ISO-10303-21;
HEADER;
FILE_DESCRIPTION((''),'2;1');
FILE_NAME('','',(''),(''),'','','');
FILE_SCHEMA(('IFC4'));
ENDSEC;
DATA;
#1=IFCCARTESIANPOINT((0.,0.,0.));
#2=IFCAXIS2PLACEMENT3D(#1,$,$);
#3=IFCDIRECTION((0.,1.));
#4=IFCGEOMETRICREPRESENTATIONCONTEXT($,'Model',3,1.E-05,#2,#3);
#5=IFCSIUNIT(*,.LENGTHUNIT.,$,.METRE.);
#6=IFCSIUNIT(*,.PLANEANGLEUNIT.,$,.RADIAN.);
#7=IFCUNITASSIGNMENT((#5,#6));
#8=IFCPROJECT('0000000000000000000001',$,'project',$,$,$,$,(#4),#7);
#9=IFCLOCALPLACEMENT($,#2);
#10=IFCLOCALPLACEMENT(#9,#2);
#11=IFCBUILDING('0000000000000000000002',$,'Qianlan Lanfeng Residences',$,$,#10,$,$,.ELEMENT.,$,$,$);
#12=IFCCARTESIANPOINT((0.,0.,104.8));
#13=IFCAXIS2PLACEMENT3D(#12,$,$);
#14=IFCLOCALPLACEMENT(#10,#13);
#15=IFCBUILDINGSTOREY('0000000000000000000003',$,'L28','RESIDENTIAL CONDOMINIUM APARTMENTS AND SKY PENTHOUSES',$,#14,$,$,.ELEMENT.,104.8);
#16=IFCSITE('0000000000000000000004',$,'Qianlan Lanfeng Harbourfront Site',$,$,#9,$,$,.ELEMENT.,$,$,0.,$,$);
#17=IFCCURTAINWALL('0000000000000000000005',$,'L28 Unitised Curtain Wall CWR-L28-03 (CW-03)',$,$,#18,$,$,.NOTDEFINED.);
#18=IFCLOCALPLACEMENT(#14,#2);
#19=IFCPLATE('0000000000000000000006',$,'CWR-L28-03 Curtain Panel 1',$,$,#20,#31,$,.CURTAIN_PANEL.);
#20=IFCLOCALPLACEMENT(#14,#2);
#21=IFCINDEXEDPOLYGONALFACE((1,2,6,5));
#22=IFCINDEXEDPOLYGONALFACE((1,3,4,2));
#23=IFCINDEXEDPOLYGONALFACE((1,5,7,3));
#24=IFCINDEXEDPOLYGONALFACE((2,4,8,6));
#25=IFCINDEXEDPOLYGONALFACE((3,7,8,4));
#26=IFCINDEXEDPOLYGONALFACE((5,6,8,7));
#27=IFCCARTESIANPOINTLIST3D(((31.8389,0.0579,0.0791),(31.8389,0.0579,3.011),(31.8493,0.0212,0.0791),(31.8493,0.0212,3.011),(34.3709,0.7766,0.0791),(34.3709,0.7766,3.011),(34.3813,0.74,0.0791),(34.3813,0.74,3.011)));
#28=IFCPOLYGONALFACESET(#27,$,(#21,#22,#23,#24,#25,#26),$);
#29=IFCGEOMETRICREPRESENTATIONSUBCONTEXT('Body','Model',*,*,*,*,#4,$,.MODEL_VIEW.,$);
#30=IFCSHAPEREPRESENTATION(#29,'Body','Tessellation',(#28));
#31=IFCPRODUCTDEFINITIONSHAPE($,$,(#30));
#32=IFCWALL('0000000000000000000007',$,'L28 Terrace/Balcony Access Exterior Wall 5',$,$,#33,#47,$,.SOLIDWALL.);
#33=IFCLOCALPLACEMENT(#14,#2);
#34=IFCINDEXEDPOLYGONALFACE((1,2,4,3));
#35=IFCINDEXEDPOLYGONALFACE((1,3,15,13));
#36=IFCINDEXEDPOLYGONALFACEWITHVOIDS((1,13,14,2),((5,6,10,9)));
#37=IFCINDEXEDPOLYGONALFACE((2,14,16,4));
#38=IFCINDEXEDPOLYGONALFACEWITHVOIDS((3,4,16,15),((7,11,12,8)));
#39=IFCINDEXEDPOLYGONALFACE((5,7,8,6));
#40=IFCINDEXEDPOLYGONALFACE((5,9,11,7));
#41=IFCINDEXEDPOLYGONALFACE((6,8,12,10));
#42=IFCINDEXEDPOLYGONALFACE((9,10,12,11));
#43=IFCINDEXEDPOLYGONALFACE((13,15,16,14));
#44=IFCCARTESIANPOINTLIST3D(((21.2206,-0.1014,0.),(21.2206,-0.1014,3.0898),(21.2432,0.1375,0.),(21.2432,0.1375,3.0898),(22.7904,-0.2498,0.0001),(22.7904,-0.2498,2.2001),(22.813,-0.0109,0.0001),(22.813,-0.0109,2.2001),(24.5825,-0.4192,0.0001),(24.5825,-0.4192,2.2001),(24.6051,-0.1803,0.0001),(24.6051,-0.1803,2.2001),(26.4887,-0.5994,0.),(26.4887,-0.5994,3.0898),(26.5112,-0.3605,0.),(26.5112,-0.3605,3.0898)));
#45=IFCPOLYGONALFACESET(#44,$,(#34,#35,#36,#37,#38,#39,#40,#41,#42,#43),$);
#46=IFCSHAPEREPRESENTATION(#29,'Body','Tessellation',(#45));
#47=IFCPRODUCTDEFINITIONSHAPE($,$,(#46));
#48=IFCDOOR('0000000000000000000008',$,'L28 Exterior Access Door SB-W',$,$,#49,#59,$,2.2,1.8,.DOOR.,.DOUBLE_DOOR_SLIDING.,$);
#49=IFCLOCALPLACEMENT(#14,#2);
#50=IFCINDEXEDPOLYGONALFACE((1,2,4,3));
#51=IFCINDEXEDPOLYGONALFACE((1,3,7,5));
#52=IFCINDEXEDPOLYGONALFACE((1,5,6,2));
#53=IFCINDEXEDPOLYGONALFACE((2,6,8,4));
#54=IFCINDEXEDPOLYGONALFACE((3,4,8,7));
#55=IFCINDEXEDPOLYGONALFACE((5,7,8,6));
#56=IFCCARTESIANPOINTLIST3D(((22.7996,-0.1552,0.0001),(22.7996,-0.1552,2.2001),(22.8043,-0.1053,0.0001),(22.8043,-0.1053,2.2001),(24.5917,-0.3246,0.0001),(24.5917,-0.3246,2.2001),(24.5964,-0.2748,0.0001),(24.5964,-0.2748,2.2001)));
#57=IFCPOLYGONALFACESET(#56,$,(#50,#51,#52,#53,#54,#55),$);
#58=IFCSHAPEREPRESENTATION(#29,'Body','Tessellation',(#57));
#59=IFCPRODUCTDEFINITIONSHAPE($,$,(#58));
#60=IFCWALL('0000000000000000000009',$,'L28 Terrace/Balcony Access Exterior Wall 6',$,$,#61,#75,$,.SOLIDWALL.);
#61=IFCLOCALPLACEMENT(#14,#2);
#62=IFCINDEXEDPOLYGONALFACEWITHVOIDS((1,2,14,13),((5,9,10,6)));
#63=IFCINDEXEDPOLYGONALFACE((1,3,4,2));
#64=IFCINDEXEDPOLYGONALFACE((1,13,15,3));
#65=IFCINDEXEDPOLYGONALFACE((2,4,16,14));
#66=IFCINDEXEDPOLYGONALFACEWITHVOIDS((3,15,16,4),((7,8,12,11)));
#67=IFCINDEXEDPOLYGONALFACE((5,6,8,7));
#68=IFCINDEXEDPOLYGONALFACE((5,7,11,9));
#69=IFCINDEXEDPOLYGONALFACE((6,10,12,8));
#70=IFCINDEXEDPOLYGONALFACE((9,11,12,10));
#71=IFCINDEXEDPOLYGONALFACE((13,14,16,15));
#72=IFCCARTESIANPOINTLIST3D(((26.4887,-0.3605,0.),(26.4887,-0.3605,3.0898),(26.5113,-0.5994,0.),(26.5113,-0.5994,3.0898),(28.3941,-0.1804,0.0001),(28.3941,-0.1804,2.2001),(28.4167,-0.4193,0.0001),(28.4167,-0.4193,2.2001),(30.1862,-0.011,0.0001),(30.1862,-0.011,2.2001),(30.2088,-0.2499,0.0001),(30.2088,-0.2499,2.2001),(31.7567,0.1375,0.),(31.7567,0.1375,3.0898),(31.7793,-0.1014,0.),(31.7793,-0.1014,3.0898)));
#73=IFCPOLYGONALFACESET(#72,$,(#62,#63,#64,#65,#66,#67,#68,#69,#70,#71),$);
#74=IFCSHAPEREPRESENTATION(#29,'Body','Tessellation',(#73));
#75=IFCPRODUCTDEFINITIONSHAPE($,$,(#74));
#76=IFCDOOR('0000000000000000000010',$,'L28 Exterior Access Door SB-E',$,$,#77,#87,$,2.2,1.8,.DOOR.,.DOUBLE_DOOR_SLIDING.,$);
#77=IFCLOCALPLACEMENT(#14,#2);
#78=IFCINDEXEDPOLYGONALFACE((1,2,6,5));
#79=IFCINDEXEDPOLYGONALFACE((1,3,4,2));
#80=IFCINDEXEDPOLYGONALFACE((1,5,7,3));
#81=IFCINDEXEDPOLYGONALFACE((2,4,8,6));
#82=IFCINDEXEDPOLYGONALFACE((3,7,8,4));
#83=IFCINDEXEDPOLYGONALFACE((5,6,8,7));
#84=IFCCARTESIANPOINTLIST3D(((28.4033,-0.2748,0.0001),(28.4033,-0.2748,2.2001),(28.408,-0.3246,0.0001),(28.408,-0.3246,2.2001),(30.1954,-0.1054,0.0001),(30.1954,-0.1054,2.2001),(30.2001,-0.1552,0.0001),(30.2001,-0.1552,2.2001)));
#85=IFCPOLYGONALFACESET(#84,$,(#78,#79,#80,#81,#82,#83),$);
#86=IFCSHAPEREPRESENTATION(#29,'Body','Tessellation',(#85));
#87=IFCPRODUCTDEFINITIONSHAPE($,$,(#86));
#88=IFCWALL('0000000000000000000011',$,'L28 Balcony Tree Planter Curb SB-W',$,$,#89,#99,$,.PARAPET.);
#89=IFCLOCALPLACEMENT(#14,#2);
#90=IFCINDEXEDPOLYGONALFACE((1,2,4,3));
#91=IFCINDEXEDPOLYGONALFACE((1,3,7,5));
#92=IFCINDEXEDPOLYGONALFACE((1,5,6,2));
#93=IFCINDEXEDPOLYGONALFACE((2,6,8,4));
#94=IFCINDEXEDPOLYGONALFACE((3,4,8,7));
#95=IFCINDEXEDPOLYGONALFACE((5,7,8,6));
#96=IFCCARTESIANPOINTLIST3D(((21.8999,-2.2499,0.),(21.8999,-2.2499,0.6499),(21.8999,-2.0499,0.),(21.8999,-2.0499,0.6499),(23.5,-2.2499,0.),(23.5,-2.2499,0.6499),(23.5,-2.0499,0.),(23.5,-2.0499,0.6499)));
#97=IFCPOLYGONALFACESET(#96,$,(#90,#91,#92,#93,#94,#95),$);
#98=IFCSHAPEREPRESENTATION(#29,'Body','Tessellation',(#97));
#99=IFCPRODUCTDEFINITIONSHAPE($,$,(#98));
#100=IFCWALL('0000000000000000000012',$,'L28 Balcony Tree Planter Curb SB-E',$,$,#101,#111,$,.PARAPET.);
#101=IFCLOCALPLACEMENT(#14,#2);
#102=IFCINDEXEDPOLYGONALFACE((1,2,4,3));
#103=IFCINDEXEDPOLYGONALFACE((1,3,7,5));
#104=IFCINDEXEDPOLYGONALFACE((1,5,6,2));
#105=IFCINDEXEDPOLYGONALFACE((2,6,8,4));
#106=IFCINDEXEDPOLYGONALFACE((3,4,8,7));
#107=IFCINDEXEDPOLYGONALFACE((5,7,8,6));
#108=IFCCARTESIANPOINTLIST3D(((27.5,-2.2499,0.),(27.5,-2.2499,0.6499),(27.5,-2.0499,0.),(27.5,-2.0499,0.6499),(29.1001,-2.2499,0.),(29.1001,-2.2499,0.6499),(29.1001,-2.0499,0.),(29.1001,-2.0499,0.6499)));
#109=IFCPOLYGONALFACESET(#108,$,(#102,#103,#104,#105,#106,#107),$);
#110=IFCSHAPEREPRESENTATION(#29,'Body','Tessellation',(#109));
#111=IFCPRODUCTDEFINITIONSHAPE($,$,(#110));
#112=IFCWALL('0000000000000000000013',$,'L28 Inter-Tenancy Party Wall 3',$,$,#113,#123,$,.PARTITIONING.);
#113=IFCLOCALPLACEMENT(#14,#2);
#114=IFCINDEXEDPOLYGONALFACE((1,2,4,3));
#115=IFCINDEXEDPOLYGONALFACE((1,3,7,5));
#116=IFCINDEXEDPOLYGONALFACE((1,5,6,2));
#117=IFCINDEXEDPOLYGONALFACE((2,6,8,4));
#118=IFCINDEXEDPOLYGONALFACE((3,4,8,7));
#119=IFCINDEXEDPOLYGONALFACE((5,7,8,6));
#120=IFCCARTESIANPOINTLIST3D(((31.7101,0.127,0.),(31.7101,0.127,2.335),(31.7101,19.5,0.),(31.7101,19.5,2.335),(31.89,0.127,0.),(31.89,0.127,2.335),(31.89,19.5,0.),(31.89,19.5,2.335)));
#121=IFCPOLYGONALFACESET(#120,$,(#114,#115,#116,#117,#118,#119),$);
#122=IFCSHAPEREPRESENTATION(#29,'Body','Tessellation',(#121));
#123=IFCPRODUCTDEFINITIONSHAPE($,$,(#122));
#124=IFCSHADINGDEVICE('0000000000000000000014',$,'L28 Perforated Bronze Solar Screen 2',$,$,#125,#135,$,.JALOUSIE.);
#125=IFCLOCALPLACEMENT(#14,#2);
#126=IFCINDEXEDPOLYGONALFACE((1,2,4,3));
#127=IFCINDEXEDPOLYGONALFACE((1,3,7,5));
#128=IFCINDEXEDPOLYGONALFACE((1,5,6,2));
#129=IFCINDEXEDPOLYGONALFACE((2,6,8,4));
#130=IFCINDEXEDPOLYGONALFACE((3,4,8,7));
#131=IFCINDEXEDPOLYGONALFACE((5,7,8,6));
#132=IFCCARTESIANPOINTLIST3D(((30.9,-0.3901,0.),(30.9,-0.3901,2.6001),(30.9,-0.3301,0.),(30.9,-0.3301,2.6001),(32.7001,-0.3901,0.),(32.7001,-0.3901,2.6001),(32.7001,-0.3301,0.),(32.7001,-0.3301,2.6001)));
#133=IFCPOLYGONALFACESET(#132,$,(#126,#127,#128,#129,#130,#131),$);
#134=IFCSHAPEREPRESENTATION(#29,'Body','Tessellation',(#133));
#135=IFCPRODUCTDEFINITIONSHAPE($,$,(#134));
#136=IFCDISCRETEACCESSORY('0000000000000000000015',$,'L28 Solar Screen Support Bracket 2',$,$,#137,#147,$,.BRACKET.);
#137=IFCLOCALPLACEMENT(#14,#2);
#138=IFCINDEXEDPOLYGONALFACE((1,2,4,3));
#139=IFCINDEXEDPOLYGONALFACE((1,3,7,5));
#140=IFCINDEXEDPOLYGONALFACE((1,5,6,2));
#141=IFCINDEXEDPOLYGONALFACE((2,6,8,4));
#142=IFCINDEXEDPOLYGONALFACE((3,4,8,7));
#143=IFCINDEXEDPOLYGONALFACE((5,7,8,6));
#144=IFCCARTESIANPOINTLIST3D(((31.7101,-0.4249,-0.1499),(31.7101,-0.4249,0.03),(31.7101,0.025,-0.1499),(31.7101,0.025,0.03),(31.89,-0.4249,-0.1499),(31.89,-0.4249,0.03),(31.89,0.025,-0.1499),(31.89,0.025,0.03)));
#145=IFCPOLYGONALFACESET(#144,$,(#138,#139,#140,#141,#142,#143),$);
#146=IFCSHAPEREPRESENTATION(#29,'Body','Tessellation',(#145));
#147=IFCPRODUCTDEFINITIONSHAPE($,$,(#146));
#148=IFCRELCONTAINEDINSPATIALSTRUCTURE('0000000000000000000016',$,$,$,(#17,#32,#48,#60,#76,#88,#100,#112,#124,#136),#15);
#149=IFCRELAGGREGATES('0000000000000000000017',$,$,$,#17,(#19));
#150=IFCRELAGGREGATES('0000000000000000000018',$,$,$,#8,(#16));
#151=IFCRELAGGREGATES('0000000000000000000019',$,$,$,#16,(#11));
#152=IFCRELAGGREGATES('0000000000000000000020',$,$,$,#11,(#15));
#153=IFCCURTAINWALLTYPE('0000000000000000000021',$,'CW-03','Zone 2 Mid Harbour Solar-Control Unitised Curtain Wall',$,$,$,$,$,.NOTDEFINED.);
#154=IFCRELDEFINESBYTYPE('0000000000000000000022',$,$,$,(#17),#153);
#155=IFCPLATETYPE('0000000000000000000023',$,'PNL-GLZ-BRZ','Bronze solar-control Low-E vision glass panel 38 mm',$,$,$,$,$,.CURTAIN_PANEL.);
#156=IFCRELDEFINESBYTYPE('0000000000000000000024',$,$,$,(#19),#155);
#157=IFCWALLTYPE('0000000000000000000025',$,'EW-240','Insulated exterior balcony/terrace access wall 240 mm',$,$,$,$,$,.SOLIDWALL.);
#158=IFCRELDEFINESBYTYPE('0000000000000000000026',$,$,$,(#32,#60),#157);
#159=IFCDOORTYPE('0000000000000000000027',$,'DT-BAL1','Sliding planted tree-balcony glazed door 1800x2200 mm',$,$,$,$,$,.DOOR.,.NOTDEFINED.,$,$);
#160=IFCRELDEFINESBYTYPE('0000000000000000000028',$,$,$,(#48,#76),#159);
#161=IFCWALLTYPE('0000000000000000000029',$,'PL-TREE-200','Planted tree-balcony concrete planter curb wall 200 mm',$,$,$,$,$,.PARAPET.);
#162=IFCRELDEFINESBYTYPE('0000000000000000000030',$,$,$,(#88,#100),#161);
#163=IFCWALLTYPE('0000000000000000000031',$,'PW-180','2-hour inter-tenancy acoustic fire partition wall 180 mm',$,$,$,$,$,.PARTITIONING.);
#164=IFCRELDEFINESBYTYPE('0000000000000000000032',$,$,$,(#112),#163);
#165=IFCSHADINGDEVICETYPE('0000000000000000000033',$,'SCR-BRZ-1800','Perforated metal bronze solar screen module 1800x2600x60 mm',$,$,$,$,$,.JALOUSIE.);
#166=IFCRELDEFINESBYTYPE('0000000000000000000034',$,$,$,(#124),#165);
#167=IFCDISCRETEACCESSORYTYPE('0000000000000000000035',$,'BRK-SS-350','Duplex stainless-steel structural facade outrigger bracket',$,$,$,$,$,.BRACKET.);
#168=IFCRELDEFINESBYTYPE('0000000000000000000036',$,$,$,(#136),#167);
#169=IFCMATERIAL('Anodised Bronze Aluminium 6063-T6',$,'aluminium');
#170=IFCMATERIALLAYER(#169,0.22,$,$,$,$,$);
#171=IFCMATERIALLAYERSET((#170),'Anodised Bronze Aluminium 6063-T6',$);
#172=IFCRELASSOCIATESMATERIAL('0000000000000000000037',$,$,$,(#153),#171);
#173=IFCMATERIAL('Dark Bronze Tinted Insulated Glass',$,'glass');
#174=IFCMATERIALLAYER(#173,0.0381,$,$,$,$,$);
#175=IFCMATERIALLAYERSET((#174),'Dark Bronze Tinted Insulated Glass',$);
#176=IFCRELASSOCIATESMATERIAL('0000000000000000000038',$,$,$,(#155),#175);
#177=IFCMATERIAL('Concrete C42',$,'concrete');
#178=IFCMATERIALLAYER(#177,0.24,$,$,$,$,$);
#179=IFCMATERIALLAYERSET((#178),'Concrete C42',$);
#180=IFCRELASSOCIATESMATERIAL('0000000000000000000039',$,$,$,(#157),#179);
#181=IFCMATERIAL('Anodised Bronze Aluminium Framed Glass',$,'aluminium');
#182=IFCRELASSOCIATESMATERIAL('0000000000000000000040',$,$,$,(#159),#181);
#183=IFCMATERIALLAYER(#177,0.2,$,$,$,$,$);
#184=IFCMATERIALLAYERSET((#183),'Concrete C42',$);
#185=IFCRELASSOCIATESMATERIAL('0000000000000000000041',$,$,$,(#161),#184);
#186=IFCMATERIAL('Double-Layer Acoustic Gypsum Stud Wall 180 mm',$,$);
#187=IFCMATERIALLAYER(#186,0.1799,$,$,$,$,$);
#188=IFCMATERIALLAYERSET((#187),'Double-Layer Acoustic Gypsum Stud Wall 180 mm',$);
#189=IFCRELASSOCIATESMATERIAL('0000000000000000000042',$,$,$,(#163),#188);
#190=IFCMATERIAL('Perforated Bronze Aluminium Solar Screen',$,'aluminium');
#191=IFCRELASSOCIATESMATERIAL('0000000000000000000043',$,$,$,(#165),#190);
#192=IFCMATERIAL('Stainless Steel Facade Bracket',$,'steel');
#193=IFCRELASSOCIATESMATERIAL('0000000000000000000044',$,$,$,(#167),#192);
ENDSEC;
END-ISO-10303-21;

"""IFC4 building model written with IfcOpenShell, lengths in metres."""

from ifc_helpers import new_model, si_unit, direction, frame, frame_2d, origin, origin_2d, place, context, subcontext, project, spatial, rectangle, extrude, source, transform, mapped, material, layer, layer_set, type_object, element, fill, aggregate, save


model = new_model("IFC4")

# Units and contexts
model_context = context("Model", 3, precision=1e-05, world=origin(), true_north=direction((0.0, 1.0)))
body_context = subcontext(model_context, "Body", "Model", "MODEL_VIEW")
ifc_project = project(units=[si_unit("LENGTHUNIT", "METRE"), si_unit("PLANEANGLEUNIT", "RADIAN")], contexts=[model_context])

# Site, building, storey
site_placement = place(None, origin())
site = spatial("IfcSite", under=ifc_project, at=site_placement, Name="Qianlan Lanfeng Harbourfront Site", CompositionType="ELEMENT", RefElevation=0.0)
building_placement = place(site_placement, origin())
building = spatial("IfcBuilding", under=site, at=building_placement, Name="Qianlan Lanfeng Residences", CompositionType="ELEMENT")
storey_placement = place(building_placement, frame((0.0, 0.0, 104.8)))
storey = spatial("IfcBuildingStorey", under=building, at=storey_placement, Name="L28", Description="RESIDENTIAL CONDOMINIUM APARTMENTS AND SKY PENTHOUSES", CompositionType="ELEMENT", Elevation=104.8)

# Curtain wall, plate
ifc_material_1 = material(Name="Anodised Bronze Aluminium 6063-T6", Category="aluminium")
ifc_layer_1 = layer(ifc_material_1, 0.22)
ifc_layer_set_1 = layer_set([ifc_layer_1], Name="Anodised Bronze Aluminium 6063-T6")
curtain_wall_type = type_object("IfcCurtainWallType", Name="CW-03", Description="Zone 2 Mid Harbour Solar-Control Unitised Curtain Wall", PredefinedType="NOTDEFINED", material=ifc_layer_set_1)
curtain_wall_placement = place(storey_placement, origin())
curtain_wall = element("IfcCurtainWall", 1, at=curtain_wall_placement, inside=storey, type_object=curtain_wall_type, Name="L28 Unitised Curtain Wall CWR-L28-03 (CW-03)", PredefinedType="NOTDEFINED")
ifc_material_2 = material(Name="Dark Bronze Tinted Insulated Glass", Category="glass")
ifc_layer_2 = layer(ifc_material_2, 0.0381)
ifc_layer_set_2 = layer_set([ifc_layer_2], Name="Dark Bronze Tinted Insulated Glass")
plate_type = type_object("IfcPlateType", Name="PNL-GLZ-BRZ", Description="Bronze solar-control Low-E vision glass panel 38 mm", PredefinedType="CURTAIN_PANEL", material=ifc_layer_set_2)
shared_shape_1 = source(origin(), body_context, "Body", "SweptSolid", [
    extrude(rectangle(XDim=2.6321, YDim=0.0381, at=origin_2d()), origin(), (0.0, 0.0, 1.0), 2.9319),
])
plate_placement = place(storey_placement, frame((33.1101, 0.3989, 0.0791), z_axis=(0.0, 0.0, 1.0), x_axis=(0.961989, 0.273088, 0.0)))
plate = element("IfcPlate", 2, at=plate_placement, type_object=plate_type, Name="CWR-L28-03 Curtain Panel 1", PredefinedType="CURTAIN_PANEL", context=body_context, shape_type="MappedRepresentation", body=[
    mapped(shared_shape_1, transform((0.0, 0.0, 0.0), scale=1.0)),
])
aggregate(curtain_wall, [plate])

# Walls, openings, doors
ifc_material_3 = material(Name="Concrete C42", Category="concrete")
ifc_layer_3 = layer(ifc_material_3, 0.24)
ifc_layer_set_3 = layer_set([ifc_layer_3], Name="Concrete C42")
wall_type_1 = type_object("IfcWallType", Name="EW-240", Description="Insulated exterior balcony/terrace access wall 240 mm", PredefinedType="SOLIDWALL", material=ifc_layer_set_3)
wall_1_placement = place(storey_placement, frame((21.2319, 0.0181, 0.0), z_axis=(0.0, 0.0, 1.0), x_axis=(0.995561, -0.094121, 0.0)))
wall_1 = element("IfcWall", 3, at=wall_1_placement, inside=storey, type_object=wall_type_1, Name="L28 Terrace/Balcony Access Exterior Wall 5", PredefinedType="SOLIDWALL", context=body_context, shape_type="SweptSolid", body=[
    extrude(rectangle(XDim=5.2915, YDim=0.24, at=frame_2d((2.6458, 0.0))), origin(), (0.0, 0.0, 1.0), 3.0898),
])
opening_1_placement = place(wall_1_placement, frame((1.5769, 0.0, 0.0)))
opening_1 = element("IfcOpeningElement", 4, at=opening_1_placement, cuts=wall_1, PredefinedType="OPENING", context=body_context, shape_type="SweptSolid", body=[
    extrude(rectangle(XDim=1.8, YDim=2.2, at=frame_2d((0.8999, 1.1001))), frame((0.0, 0.1299, 0.0), z_axis=(0.0, -1.0, 0.0), x_axis=(1.0, 0.0, 0.0)), (0.0, 0.0, 1.0), 0.26),
])
ifc_material_4 = material(Name="Anodised Bronze Aluminium Framed Glass", Category="aluminium")
door_type = type_object("IfcDoorType", Name="DT-BAL1", Description="Sliding planted tree-balcony glazed door 1800x2200 mm", OperationType="NOTDEFINED", PredefinedType="DOOR", material=ifc_material_4)
door_1_placement = place(opening_1_placement, frame((1.8, 0.0, 0.0), z_axis=(0.0, 0.0, 1.0), x_axis=(-1.0, 0.0, 0.0)))
door_1 = element("IfcDoor", 5, at=door_1_placement, inside=storey, type_object=door_type, Name="L28 Exterior Access Door SB-W", OperationType="DOUBLE_DOOR_SLIDING", OverallHeight=2.2, OverallWidth=1.8, PredefinedType="DOOR", context=body_context, shape_type="SweptSolid", body=[
    extrude(rectangle(XDim=1.8, YDim=2.2, at=frame_2d((0.8999, 1.1001))), frame((0.0, 0.0249, 0.0), z_axis=(0.0, -1.0, 0.0), x_axis=(1.0, 0.0, 0.0)), (0.0, 0.0, 1.0), 0.05),
])
fill(opening_1, door_1)
wall_2_placement = place(storey_placement, frame((26.5, -0.48, 0.0), z_axis=(0.0, 0.0, 1.0), x_axis=(0.995561, 0.094121, 0.0)))
wall_2 = element("IfcWall", 6, at=wall_2_placement, inside=storey, type_object=wall_type_1, Name="L28 Terrace/Balcony Access Exterior Wall 6", PredefinedType="SOLIDWALL", context=body_context, shape_type="SweptSolid", body=[
    extrude(rectangle(XDim=5.2915, YDim=0.24, at=frame_2d((2.6458, 0.0))), origin(), (0.0, 0.0, 1.0), 3.0898),
])
opening_2_placement = place(wall_2_placement, frame((1.9141, 0.0, 0.0)))
opening_2 = element("IfcOpeningElement", 7, at=opening_2_placement, cuts=wall_2, PredefinedType="OPENING", context=body_context, shape_type="SweptSolid", body=[
    extrude(rectangle(XDim=1.8, YDim=2.2, at=frame_2d((0.8999, 1.1001))), frame((0.0, 0.1299, 0.0), z_axis=(0.0, -1.0, 0.0), x_axis=(1.0, 0.0, 0.0)), (0.0, 0.0, 1.0), 0.26),
])
door_2_placement = place(opening_2_placement, frame((1.8, 0.0, 0.0), z_axis=(0.0, 0.0, 1.0), x_axis=(-1.0, 0.0, 0.0)))
door_2 = element("IfcDoor", 8, at=door_2_placement, inside=storey, type_object=door_type, Name="L28 Exterior Access Door SB-E", OperationType="DOUBLE_DOOR_SLIDING", OverallHeight=2.2, OverallWidth=1.8, PredefinedType="DOOR", context=body_context, shape_type="SweptSolid", body=[
    extrude(rectangle(XDim=1.8, YDim=2.2, at=frame_2d((0.8999, 1.1001))), frame((0.0, 0.0249, 0.0), z_axis=(0.0, -1.0, 0.0), x_axis=(1.0, 0.0, 0.0)), (0.0, 0.0, 1.0), 0.05),
])
fill(opening_2, door_2)

# Walls
ifc_layer_4 = layer(ifc_material_3, 0.2)
ifc_layer_set_4 = layer_set([ifc_layer_4], Name="Concrete C42")
wall_type_2 = type_object("IfcWallType", Name="PL-TREE-200", Description="Planted tree-balcony concrete planter curb wall 200 mm", PredefinedType="PARAPET", material=ifc_layer_set_4)
for number, where, z_axis, x_axis, name in (
    (9, (21.8999, -2.1499, 0.0), (0.0, 0.0, 1.0), (1.0, 0.0, 0.0), "L28 Balcony Tree Planter Curb SB-W"),
    (10, (27.5, -2.1499, 0.0), (0.0, 0.0, 1.0), (1.0, 0.0, 0.0), "L28 Balcony Tree Planter Curb SB-E"),
):
    element("IfcWall", number, at=place(storey_placement, frame(where, z_axis=z_axis, x_axis=x_axis)), inside=storey, type_object=wall_type_2, Name=name, PredefinedType="PARAPET", context=body_context, shape_type="SweptSolid", body=[
        extrude(rectangle(XDim=1.6001, YDim=0.2, at=frame_2d((0.8, 0.0))), origin(), (0.0, 0.0, 1.0), 0.6499),
    ])
ifc_material_5 = material(Name="Double-Layer Acoustic Gypsum Stud Wall 180 mm")
ifc_layer_5 = layer(ifc_material_5, 0.1799)
ifc_layer_set_5 = layer_set([ifc_layer_5], Name="Double-Layer Acoustic Gypsum Stud Wall 180 mm")
wall_type_3 = type_object("IfcWallType", Name="PW-180", Description="2-hour inter-tenancy acoustic fire partition wall 180 mm", PredefinedType="PARTITIONING", material=ifc_layer_set_5)
wall_3_placement = place(storey_placement, frame((31.8, 0.127, 0.0), z_axis=(0.0, 0.0, 1.0), x_axis=(0.0, 1.0, 0.0)))
element("IfcWall", 11, at=wall_3_placement, inside=storey, type_object=wall_type_3, Name="L28 Inter-Tenancy Party Wall 3", PredefinedType="PARTITIONING", context=body_context, shape_type="SweptSolid", body=[
    extrude(rectangle(XDim=19.373, YDim=0.1799, at=frame_2d((9.6865, 0.0))), origin(), (0.0, 0.0, 1.0), 2.335),
])

# Shading device
ifc_material_6 = material(Name="Perforated Bronze Aluminium Solar Screen", Category="aluminium")
shading_device_type = type_object("IfcShadingDeviceType", Name="SCR-BRZ-1800", Description="Perforated metal bronze solar screen module 1800x2600x60 mm", PredefinedType="JALOUSIE", material=ifc_material_6)
shared_shape_2 = source(origin(), body_context, "Body", "SweptSolid", [
    extrude(rectangle(XDim=1.8, YDim=0.0601, at=origin_2d()), origin(), (0.0, 0.0, 1.0), 2.6001),
])
shading_device_placement = place(storey_placement, frame((31.8, -0.3601, 0.0), z_axis=(0.0, 0.0, 1.0), x_axis=(1.0, 0.0, 0.0)))
element("IfcShadingDevice", 12, at=shading_device_placement, inside=storey, type_object=shading_device_type, Name="L28 Perforated Bronze Solar Screen 2", PredefinedType="JALOUSIE", context=body_context, shape_type="MappedRepresentation", body=[
    mapped(shared_shape_2, transform((0.0, 0.0, 0.0), scale=1.0)),
])

# Discrete accessory
ifc_material_7 = material(Name="Stainless Steel Facade Bracket", Category="steel")
discrete_accessory_type = type_object("IfcDiscreteAccessoryType", Name="BRK-SS-350", Description="Duplex stainless-steel structural facade outrigger bracket", PredefinedType="BRACKET", material=ifc_material_7)
shared_shape_3 = source(origin(), body_context, "Body", "SweptSolid", [
    extrude(rectangle(XDim=0.1799, YDim=0.45, at=origin_2d()), origin(), (0.0, 0.0, 1.0), 0.1799),
])
discrete_accessory_placement = place(storey_placement, frame((31.8, -0.2, -0.1499), z_axis=(0.0, 0.0, 1.0), x_axis=(1.0, 0.0, 0.0)))
element("IfcDiscreteAccessory", 13, at=discrete_accessory_placement, inside=storey, type_object=discrete_accessory_type, Name="L28 Solar Screen Support Bracket 2", PredefinedType="BRACKET", context=body_context, shape_type="MappedRepresentation", body=[
    mapped(shared_shape_3, transform((0.0, 0.0, 0.0), scale=1.0)),
])

save(model, "model.ifc")
